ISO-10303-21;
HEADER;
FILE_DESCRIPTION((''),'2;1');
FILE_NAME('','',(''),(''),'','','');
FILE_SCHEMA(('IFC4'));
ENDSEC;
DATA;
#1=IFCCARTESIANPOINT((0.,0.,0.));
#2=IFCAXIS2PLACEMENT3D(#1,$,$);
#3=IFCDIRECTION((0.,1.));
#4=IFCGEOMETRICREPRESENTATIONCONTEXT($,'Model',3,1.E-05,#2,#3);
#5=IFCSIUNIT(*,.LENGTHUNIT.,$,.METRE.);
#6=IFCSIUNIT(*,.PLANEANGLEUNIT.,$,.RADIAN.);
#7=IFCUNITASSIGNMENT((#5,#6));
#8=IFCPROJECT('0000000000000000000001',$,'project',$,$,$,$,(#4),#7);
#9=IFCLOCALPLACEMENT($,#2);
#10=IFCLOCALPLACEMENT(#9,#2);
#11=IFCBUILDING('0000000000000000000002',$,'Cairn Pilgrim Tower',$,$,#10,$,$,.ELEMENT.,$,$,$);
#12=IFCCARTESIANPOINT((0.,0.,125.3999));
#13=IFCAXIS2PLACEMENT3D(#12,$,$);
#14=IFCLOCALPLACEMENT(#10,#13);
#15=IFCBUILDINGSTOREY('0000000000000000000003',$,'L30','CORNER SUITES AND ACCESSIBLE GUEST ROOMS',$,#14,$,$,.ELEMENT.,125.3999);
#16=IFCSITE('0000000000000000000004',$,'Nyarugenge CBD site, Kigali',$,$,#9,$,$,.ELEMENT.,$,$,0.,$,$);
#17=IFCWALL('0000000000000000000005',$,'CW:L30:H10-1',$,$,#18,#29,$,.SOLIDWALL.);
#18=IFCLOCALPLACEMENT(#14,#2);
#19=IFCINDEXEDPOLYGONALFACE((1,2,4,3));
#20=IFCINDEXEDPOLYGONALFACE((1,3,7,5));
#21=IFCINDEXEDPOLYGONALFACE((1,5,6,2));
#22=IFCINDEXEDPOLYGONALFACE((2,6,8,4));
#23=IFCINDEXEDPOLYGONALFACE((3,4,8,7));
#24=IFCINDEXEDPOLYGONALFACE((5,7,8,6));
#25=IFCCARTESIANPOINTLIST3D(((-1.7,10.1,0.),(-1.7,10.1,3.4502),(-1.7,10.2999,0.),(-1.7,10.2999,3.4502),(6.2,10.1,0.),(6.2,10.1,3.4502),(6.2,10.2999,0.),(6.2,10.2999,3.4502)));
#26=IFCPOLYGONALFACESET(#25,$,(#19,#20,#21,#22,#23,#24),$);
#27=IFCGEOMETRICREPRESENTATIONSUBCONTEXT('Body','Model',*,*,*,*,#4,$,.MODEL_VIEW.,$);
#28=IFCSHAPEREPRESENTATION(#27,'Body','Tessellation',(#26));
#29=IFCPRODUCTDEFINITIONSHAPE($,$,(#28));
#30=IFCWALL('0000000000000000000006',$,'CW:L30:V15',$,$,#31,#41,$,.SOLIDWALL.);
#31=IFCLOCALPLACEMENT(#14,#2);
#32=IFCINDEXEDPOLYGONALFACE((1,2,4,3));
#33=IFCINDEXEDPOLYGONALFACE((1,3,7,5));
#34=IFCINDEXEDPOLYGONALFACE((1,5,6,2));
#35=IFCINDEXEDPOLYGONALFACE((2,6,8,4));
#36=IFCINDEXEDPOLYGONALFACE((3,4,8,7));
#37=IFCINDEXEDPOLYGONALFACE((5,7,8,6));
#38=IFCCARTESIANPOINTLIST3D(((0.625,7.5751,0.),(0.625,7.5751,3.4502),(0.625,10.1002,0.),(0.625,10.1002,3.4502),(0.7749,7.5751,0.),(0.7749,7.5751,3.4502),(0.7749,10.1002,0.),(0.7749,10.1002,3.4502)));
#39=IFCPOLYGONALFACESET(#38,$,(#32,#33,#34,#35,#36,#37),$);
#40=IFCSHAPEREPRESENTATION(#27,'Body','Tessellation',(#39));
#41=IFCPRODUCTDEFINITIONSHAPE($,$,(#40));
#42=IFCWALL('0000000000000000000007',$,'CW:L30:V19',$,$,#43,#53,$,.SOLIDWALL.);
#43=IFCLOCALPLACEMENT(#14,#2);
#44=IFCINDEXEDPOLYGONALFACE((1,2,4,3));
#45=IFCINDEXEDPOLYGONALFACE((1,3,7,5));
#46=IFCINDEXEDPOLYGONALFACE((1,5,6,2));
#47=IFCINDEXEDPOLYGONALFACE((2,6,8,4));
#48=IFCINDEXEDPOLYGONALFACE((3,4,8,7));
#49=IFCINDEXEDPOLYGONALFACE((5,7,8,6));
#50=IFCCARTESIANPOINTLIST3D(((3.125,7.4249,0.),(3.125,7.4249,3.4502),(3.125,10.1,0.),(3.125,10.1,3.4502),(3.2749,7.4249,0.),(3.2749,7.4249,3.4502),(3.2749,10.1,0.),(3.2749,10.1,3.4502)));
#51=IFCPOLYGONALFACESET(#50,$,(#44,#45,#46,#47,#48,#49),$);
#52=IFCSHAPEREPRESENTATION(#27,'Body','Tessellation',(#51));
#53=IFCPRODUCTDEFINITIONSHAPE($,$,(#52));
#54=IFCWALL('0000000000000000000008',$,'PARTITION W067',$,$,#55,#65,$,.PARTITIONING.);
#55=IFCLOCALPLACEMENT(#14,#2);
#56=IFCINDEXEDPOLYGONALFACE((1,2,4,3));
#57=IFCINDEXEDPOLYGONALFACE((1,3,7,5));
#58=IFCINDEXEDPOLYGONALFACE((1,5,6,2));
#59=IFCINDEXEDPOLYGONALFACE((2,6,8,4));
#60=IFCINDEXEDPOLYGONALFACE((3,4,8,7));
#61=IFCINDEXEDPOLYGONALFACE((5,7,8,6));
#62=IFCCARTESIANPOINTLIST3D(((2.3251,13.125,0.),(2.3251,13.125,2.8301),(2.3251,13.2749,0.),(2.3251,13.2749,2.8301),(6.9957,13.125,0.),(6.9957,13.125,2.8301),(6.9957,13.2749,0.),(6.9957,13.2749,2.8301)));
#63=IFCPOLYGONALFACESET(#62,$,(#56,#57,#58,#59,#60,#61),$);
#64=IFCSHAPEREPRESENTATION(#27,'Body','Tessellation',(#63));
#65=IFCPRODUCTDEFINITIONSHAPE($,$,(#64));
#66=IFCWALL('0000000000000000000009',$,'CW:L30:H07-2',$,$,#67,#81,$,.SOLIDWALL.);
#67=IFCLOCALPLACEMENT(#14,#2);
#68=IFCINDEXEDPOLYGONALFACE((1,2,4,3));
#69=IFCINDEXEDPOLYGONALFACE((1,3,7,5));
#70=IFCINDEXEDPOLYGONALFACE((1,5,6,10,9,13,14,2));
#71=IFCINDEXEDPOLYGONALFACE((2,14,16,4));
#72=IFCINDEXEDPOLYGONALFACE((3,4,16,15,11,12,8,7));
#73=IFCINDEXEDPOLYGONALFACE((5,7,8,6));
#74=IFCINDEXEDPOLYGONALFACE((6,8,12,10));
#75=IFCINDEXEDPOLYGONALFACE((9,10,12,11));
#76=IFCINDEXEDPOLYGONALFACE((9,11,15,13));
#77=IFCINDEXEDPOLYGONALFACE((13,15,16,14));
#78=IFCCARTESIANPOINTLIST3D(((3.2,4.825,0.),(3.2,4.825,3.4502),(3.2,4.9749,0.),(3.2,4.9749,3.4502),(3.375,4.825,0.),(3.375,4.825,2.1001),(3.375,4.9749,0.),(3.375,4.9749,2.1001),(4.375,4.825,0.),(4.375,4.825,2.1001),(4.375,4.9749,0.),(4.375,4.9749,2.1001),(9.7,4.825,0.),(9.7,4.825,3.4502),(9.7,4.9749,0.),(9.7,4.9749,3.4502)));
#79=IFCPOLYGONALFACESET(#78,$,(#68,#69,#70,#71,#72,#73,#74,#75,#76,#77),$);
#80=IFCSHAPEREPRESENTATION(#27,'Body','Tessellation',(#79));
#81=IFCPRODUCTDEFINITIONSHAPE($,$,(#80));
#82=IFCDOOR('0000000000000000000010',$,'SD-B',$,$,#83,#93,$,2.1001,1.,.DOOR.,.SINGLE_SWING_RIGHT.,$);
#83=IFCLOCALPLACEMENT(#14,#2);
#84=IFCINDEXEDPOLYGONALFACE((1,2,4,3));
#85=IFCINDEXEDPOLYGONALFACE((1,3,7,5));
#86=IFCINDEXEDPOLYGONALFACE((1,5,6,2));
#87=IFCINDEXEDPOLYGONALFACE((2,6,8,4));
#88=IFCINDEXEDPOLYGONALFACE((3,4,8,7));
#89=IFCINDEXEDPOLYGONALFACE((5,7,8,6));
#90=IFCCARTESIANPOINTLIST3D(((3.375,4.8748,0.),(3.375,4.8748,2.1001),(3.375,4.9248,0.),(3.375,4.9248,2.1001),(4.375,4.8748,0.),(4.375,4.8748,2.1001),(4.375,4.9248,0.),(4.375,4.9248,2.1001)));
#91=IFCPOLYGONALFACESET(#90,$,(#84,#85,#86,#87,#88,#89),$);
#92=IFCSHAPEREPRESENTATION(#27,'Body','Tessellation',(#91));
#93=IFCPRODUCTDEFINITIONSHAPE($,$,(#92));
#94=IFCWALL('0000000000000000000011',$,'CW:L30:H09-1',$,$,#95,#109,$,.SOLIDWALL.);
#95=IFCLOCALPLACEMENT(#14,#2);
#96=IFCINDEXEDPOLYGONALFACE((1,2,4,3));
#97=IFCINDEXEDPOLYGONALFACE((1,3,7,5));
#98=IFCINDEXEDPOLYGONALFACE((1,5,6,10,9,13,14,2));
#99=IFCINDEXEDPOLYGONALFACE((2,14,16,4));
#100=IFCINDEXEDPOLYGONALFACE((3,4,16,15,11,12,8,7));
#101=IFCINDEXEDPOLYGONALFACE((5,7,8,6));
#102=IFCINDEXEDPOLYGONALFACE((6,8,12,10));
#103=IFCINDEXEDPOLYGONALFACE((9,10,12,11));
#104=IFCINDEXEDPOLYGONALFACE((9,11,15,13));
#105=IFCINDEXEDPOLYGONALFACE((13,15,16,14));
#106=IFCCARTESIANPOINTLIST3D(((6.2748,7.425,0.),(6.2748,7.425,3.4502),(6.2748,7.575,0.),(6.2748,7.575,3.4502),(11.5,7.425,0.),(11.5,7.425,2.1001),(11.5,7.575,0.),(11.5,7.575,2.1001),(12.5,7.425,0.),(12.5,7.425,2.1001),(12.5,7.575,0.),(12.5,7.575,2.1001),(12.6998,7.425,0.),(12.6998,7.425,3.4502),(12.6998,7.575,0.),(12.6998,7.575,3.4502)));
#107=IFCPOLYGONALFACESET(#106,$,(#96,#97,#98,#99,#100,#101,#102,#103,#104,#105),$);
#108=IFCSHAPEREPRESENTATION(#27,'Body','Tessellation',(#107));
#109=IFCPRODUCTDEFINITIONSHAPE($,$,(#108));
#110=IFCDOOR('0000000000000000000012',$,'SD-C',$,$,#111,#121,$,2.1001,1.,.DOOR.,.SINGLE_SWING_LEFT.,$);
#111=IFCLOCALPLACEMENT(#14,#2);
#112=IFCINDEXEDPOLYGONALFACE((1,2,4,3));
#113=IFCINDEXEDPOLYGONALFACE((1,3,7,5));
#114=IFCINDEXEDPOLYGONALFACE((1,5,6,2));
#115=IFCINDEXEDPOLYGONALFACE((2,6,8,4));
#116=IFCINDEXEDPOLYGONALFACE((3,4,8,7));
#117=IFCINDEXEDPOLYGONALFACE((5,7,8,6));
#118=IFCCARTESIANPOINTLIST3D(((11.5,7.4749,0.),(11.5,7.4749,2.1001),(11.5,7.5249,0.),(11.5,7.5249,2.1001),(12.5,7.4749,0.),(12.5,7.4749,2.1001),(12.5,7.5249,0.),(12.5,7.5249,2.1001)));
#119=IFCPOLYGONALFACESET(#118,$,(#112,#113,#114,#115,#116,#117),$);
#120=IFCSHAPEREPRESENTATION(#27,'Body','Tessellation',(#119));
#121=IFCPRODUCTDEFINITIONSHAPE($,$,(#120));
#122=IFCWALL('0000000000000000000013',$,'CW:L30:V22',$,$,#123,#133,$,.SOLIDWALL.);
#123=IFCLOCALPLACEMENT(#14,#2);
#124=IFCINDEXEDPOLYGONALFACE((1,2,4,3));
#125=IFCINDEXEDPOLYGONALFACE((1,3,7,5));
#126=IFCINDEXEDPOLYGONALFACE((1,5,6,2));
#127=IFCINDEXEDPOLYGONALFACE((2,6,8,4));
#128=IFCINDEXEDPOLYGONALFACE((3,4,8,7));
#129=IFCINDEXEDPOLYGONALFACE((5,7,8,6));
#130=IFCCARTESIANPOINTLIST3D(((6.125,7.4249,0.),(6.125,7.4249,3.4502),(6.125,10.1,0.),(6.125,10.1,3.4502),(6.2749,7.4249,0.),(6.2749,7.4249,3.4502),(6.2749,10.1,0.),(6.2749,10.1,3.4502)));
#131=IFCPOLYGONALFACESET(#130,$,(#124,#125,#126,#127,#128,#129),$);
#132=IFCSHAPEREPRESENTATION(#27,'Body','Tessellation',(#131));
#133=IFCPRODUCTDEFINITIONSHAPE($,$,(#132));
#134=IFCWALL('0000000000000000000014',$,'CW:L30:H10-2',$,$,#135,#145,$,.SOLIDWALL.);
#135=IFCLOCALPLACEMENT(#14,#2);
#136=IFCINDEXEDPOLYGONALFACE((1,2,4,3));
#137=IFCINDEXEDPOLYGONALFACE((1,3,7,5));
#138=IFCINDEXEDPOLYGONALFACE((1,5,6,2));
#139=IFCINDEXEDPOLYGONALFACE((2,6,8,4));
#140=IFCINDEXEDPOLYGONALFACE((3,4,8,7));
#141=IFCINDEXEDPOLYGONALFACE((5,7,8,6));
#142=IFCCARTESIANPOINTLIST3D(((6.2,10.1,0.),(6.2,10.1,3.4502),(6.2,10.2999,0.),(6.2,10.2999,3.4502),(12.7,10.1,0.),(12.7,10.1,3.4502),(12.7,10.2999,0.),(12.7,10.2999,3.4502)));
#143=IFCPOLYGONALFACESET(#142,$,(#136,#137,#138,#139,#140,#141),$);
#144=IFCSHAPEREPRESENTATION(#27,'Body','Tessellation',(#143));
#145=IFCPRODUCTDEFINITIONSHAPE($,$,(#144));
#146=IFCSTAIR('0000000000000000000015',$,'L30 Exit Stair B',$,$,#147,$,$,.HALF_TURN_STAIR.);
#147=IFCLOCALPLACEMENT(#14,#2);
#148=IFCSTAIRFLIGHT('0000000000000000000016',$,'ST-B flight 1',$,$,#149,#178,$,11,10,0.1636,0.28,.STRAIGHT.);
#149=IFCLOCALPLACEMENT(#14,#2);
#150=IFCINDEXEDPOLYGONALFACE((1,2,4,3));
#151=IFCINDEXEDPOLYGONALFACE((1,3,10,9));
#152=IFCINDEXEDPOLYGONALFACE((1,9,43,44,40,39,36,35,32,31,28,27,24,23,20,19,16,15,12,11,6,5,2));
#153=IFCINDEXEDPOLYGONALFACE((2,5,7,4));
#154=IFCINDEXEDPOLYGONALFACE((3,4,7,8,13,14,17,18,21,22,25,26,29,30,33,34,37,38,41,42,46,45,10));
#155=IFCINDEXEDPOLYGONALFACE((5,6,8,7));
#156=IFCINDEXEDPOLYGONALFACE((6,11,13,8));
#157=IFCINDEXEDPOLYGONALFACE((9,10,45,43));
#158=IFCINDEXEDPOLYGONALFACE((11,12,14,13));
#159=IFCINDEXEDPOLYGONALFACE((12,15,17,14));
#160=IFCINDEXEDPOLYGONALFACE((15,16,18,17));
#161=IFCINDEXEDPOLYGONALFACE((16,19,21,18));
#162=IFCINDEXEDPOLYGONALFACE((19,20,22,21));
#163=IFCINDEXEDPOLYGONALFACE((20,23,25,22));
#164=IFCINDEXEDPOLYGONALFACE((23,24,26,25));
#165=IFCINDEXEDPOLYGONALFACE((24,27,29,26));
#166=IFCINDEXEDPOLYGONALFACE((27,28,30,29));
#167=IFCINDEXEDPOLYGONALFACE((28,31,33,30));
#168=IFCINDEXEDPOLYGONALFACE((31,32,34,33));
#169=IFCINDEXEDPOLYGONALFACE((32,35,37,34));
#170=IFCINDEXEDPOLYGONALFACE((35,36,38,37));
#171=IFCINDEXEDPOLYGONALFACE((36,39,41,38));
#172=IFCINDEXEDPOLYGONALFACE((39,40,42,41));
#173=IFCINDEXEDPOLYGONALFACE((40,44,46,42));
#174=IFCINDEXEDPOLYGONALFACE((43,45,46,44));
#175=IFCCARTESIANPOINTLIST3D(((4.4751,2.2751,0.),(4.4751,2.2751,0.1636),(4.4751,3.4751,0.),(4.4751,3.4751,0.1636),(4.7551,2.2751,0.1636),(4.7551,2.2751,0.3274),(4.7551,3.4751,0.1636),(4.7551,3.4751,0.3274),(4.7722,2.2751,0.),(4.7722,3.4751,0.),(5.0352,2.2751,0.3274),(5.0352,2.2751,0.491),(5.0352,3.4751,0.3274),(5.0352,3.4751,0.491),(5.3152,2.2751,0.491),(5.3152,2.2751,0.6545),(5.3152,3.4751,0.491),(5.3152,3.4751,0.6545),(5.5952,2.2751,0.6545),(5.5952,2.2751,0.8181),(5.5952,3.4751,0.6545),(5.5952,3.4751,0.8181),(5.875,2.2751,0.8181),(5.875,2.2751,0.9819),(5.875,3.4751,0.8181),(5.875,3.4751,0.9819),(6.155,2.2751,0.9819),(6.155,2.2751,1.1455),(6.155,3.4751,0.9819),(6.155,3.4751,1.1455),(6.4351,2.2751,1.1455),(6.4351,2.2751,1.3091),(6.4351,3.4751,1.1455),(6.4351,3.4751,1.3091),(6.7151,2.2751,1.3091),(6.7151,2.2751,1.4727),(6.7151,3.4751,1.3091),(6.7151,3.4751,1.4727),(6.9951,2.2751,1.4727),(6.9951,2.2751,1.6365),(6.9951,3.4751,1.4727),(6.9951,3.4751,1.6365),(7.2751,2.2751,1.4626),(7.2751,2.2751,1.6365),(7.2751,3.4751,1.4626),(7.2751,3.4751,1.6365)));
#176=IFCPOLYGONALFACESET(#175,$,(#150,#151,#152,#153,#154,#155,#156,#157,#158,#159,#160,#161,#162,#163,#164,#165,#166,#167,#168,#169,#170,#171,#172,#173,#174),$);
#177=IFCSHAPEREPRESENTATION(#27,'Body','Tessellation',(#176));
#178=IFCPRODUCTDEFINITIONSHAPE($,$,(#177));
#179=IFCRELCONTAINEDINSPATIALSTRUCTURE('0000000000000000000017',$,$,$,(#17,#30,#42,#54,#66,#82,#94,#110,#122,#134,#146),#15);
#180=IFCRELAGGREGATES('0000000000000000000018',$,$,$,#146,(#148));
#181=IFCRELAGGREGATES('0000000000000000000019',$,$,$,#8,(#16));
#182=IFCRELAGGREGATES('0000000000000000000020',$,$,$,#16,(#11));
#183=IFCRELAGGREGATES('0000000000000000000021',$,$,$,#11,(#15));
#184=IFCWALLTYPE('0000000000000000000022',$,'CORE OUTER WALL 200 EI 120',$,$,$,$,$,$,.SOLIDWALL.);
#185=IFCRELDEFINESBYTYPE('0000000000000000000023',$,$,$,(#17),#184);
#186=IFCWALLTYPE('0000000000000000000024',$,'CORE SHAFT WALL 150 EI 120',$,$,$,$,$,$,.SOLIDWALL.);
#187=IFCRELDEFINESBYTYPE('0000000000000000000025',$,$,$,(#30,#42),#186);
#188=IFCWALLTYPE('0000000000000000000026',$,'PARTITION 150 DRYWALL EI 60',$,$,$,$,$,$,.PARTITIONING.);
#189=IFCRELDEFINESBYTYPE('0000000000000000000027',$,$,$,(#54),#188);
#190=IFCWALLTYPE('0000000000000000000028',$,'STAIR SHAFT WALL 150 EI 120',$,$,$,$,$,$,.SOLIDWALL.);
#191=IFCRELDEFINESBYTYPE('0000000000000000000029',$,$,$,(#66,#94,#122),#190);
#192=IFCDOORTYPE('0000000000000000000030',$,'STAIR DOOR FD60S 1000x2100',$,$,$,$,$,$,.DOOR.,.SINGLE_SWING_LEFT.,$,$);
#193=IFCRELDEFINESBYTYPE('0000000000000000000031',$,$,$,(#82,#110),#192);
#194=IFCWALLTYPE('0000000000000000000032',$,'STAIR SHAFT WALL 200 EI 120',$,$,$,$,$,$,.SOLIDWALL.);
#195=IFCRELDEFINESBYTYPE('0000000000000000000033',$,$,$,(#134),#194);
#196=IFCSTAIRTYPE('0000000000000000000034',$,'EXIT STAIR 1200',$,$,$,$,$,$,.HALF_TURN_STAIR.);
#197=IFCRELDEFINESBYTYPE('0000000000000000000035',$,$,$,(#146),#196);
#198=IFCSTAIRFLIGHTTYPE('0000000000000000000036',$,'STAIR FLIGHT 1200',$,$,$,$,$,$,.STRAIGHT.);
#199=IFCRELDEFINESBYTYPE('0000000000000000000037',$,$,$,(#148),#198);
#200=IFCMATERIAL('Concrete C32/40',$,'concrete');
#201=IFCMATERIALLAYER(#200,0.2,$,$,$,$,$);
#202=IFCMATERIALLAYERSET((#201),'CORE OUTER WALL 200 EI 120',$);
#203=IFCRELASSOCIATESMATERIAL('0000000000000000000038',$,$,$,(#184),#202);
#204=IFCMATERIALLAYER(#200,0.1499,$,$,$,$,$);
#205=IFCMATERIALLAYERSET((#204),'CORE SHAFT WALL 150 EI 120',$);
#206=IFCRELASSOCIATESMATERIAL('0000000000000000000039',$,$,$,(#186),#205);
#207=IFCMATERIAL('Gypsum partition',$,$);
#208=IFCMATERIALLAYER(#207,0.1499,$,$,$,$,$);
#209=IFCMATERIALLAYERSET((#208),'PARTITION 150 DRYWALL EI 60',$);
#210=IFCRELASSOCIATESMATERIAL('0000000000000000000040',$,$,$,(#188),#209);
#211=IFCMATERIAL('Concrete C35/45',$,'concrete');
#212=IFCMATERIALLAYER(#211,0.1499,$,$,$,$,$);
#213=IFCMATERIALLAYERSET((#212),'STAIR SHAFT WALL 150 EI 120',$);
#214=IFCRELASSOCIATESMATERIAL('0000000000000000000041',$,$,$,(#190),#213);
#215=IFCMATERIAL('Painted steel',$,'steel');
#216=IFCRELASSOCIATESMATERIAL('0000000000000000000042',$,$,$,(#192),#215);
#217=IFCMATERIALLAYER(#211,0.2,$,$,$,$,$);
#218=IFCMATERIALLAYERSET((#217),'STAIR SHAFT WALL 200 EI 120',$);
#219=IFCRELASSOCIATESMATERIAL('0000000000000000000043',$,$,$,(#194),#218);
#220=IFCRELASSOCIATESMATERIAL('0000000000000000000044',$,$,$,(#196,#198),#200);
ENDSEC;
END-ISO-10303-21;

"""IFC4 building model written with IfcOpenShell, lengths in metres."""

from ifc_helpers import new_model, si_unit, direction, frame, frame_2d, origin, place, context, subcontext, project, spatial, polyline, rectangle, outline, extrude, material, layer, layer_set, type_object, element, fill, aggregate, save


model = new_model("IFC4")

# Units and contexts
model_context = context("Model", 3, precision=1e-05, world=origin(), true_north=direction((0.0, 1.0)))
body_context = subcontext(model_context, "Body", "Model", "MODEL_VIEW")
ifc_project = project(units=[si_unit("LENGTHUNIT", "METRE"), si_unit("PLANEANGLEUNIT", "RADIAN")], contexts=[model_context])

# Site, building, storey
site_placement = place(None, origin())
site = spatial("IfcSite", under=ifc_project, at=site_placement, Name="Nyarugenge CBD site, Kigali", CompositionType="ELEMENT", RefElevation=0.0)
building_placement = place(site_placement, origin())
building = spatial("IfcBuilding", under=site, at=building_placement, Name="Cairn Pilgrim Tower", CompositionType="ELEMENT")
storey_placement = place(building_placement, frame((0.0, 0.0, 125.3999)))
storey = spatial("IfcBuildingStorey", under=building, at=storey_placement, Name="L30", Description="CORNER SUITES AND ACCESSIBLE GUEST ROOMS", CompositionType="ELEMENT", Elevation=125.3999)

# Walls
ifc_material_1 = material(Name="Concrete C32/40", Category="concrete")
ifc_layer_1 = layer(ifc_material_1, 0.2)
ifc_layer_set_1 = layer_set([ifc_layer_1], Name="CORE OUTER WALL 200 EI 120")
wall_type_1 = type_object("IfcWallType", Name="CORE OUTER WALL 200 EI 120", PredefinedType="SOLIDWALL", material=ifc_layer_set_1)
wall_1_placement = place(storey_placement, frame((-1.7, 10.2, 0.0), z_axis=(0.0, 0.0, 1.0), x_axis=(1.0, 0.0, 0.0)))
element("IfcWall", 1, at=wall_1_placement, inside=storey, type_object=wall_type_1, Name="CW:L30:H10-1", PredefinedType="SOLIDWALL", context=body_context, shape_type="SweptSolid", body=[
    extrude(rectangle(XDim=7.8999, YDim=0.2, at=frame_2d((3.95, 0.0))), origin(), (0.0, 0.0, 1.0), 3.4502),
])
ifc_layer_2 = layer(ifc_material_1, 0.1499)
ifc_layer_set_2 = layer_set([ifc_layer_2], Name="CORE SHAFT WALL 150 EI 120")
wall_type_2 = type_object("IfcWallType", Name="CORE SHAFT WALL 150 EI 120", PredefinedType="SOLIDWALL", material=ifc_layer_set_2)
wall_2_placement = place(storey_placement, frame((0.7, 7.575, 0.0), z_axis=(0.0, 0.0, 1.0), x_axis=(0.0, 1.0, 0.0)))
element("IfcWall", 2, at=wall_2_placement, inside=storey, type_object=wall_type_2, Name="CW:L30:V15", PredefinedType="SOLIDWALL", context=body_context, shape_type="SweptSolid", body=[
    extrude(rectangle(XDim=2.5251, YDim=0.1499, at=frame_2d((1.2627, 0.0))), origin(), (0.0, 0.0, 1.0), 3.4502),
])
wall_3_placement = place(storey_placement, frame((3.2, 7.425, 0.0), z_axis=(0.0, 0.0, 1.0), x_axis=(0.0, 1.0, 0.0)))
element("IfcWall", 3, at=wall_3_placement, inside=storey, type_object=wall_type_2, Name="CW:L30:V19", PredefinedType="SOLIDWALL", context=body_context, shape_type="SweptSolid", body=[
    extrude(rectangle(XDim=2.675, YDim=0.1499, at=frame_2d((1.3374, 0.0))), origin(), (0.0, 0.0, 1.0), 3.4502),
])
ifc_material_2 = material(Name="Gypsum partition")
ifc_layer_3 = layer(ifc_material_2, 0.1499)
ifc_layer_set_3 = layer_set([ifc_layer_3], Name="PARTITION 150 DRYWALL EI 60")
wall_type_3 = type_object("IfcWallType", Name="PARTITION 150 DRYWALL EI 60", PredefinedType="PARTITIONING", material=ifc_layer_set_3)
wall_4_placement = place(storey_placement, frame((2.325, 13.2, 0.0), z_axis=(0.0, 0.0, 1.0), x_axis=(1.0, 0.0, 0.0)))
element("IfcWall", 4, at=wall_4_placement, inside=storey, type_object=wall_type_3, Name="PARTITION W067", PredefinedType="PARTITIONING", context=body_context, shape_type="SweptSolid", body=[
    extrude(rectangle(XDim=4.6707, YDim=0.1499, at=frame_2d((2.3354, 0.0))), origin(), (0.0, 0.0, 1.0), 2.8301),
])

# Walls, openings, doors
ifc_material_3 = material(Name="Concrete C35/45", Category="concrete")
ifc_layer_4 = layer(ifc_material_3, 0.1499)
ifc_layer_set_4 = layer_set([ifc_layer_4], Name="STAIR SHAFT WALL 150 EI 120")
wall_type_4 = type_object("IfcWallType", Name="STAIR SHAFT WALL 150 EI 120", PredefinedType="SOLIDWALL", material=ifc_layer_set_4)
wall_5_placement = place(storey_placement, frame((3.2, 4.8999, 0.0), z_axis=(0.0, 0.0, 1.0), x_axis=(1.0, 0.0, 0.0)))
wall_5 = element("IfcWall", 5, at=wall_5_placement, inside=storey, type_object=wall_type_4, Name="CW:L30:H07-2", PredefinedType="SOLIDWALL", context=body_context, shape_type="SweptSolid", body=[
    extrude(rectangle(XDim=6.5, YDim=0.1499, at=frame_2d((3.25, 0.0))), origin(), (0.0, 0.0, 1.0), 3.4502),
])
opening_1_placement = place(wall_5_placement, frame((0.175, 0.0, 0.0)))
opening_1 = element("IfcOpeningElement", 6, at=opening_1_placement, cuts=wall_5, PredefinedType="OPENING", context=body_context, shape_type="SweptSolid", body=[
    extrude(rectangle(XDim=1.0, YDim=2.1001, at=frame_2d((0.5, 1.05))), frame((0.0, 0.085, 0.0), z_axis=(0.0, -1.0, 0.0), x_axis=(1.0, 0.0, 0.0)), (0.0, 0.0, 1.0), 0.1699),
])
ifc_material_4 = material(Name="Painted steel", Category="steel")
door_type = type_object("IfcDoorType", Name="STAIR DOOR FD60S 1000x2100", OperationType="SINGLE_SWING_LEFT", PredefinedType="DOOR", material=ifc_material_4)
door_1_placement = place(opening_1_placement, origin())
door_1 = element("IfcDoor", 7, at=door_1_placement, inside=storey, type_object=door_type, Name="SD-B", OperationType="SINGLE_SWING_RIGHT", OverallHeight=2.1001, OverallWidth=1.0, PredefinedType="DOOR", context=body_context, shape_type="SweptSolid", body=[
    extrude(rectangle(XDim=1.0, YDim=2.1001, at=frame_2d((0.5, 1.05))), frame((0.0, 0.0249, 0.0), z_axis=(0.0, -1.0, 0.0), x_axis=(1.0, 0.0, 0.0)), (0.0, 0.0, 1.0), 0.05),
])
fill(opening_1, door_1)
wall_6_placement = place(storey_placement, frame((6.2749, 7.5, 0.0), z_axis=(0.0, 0.0, 1.0), x_axis=(1.0, 0.0, 0.0)))
wall_6 = element("IfcWall", 8, at=wall_6_placement, inside=storey, type_object=wall_type_4, Name="CW:L30:H09-1", PredefinedType="SOLIDWALL", context=body_context, shape_type="SweptSolid", body=[
    extrude(rectangle(XDim=6.425, YDim=0.1499, at=frame_2d((3.2124, 0.0))), origin(), (0.0, 0.0, 1.0), 3.4502),
])
opening_2_placement = place(wall_6_placement, frame((5.2251, 0.0, 0.0)))
opening_2 = element("IfcOpeningElement", 9, at=opening_2_placement, cuts=wall_6, PredefinedType="OPENING", context=body_context, shape_type="SweptSolid", body=[
    extrude(rectangle(XDim=1.0, YDim=2.1001, at=frame_2d((0.5, 1.05))), frame((0.0, 0.085, 0.0), z_axis=(0.0, -1.0, 0.0), x_axis=(1.0, 0.0, 0.0)), (0.0, 0.0, 1.0), 0.1699),
])
door_2_placement = place(opening_2_placement, origin())
door_2 = element("IfcDoor", 10, at=door_2_placement, inside=storey, type_object=door_type, Name="SD-C", OperationType="SINGLE_SWING_LEFT", OverallHeight=2.1001, OverallWidth=1.0, PredefinedType="DOOR", context=body_context, shape_type="SweptSolid", body=[
    extrude(rectangle(XDim=1.0, YDim=2.1001, at=frame_2d((0.5, 1.05))), frame((0.0, 0.0249, 0.0), z_axis=(0.0, -1.0, 0.0), x_axis=(1.0, 0.0, 0.0)), (0.0, 0.0, 1.0), 0.05),
])
fill(opening_2, door_2)

# Walls
wall_7_placement = place(storey_placement, frame((6.2, 7.425, 0.0), z_axis=(0.0, 0.0, 1.0), x_axis=(0.0, 1.0, 0.0)))
element("IfcWall", 11, at=wall_7_placement, inside=storey, type_object=wall_type_4, Name="CW:L30:V22", PredefinedType="SOLIDWALL", context=body_context, shape_type="SweptSolid", body=[
    extrude(rectangle(XDim=2.675, YDim=0.1499, at=frame_2d((1.3374, 0.0))), origin(), (0.0, 0.0, 1.0), 3.4502),
])
ifc_layer_5 = layer(ifc_material_3, 0.2)
ifc_layer_set_5 = layer_set([ifc_layer_5], Name="STAIR SHAFT WALL 200 EI 120")
wall_type_5 = type_object("IfcWallType", Name="STAIR SHAFT WALL 200 EI 120", PredefinedType="SOLIDWALL", material=ifc_layer_set_5)
wall_8_placement = place(storey_placement, frame((6.2, 10.2, 0.0), z_axis=(0.0, 0.0, 1.0), x_axis=(1.0, 0.0, 0.0)))
element("IfcWall", 12, at=wall_8_placement, inside=storey, type_object=wall_type_5, Name="CW:L30:H10-2", PredefinedType="SOLIDWALL", context=body_context, shape_type="SweptSolid", body=[
    extrude(rectangle(XDim=6.5, YDim=0.2, at=frame_2d((3.25, 0.0))), origin(), (0.0, 0.0, 1.0), 3.4502),
])

# Stair, stair flight
stair_type = type_object("IfcStairType", Name="EXIT STAIR 1200", PredefinedType="HALF_TURN_STAIR", material=ifc_material_1)
stair_placement = place(storey_placement, origin())
stair = element("IfcStair", 13, at=stair_placement, inside=storey, type_object=stair_type, Name="L30 Exit Stair B", PredefinedType="HALF_TURN_STAIR")
stair_flight_type = type_object("IfcStairFlightType", Name="STAIR FLIGHT 1200", PredefinedType="STRAIGHT", material=ifc_material_1)
stair_flight_placement = place(storey_placement, frame((4.4751, 2.875, 0.0), z_axis=(0.0, 0.0, 1.0), x_axis=(1.0, 0.0, 0.0)))
stair_flight = element("IfcStairFlight", 14, at=stair_flight_placement, type_object=stair_flight_type, Name="ST-B flight 1", NumberOfRisers=11, NumberOfTreads=10, PredefinedType="STRAIGHT", RiserHeight=0.1636, TreadLength=0.28, context=body_context, shape_type="SweptSolid", body=[
    extrude(outline(polyline([(0.0, 0.0), (0.0, 0.1636), (0.28, 0.1636), (0.28, 0.3274), (0.5601, 0.3274), (0.5601, 0.491), (0.8401, 0.491), (0.8401, 0.6545), (1.1201, 0.6545), (1.1201, 0.8181), (1.3999, 0.8181), (1.3999, 0.9819), (1.6799, 0.9819), (1.6799, 1.1455), (1.96, 1.1455), (1.96, 1.3091), (2.24, 1.3091), (2.24, 1.4727), (2.52, 1.4727), (2.52, 1.6365), (2.8, 1.6365), (2.8, 1.8), (2.8, 1.4626), (0.2971, 0.0), (0.0, 0.0)])), frame((0.0, 0.6001, 0.0), z_axis=(0.0, -1.0, 0.0), x_axis=(1.0, 0.0, 0.0)), (0.0, 0.0, 1.0), 1.2),
])
aggregate(stair, [stair_flight])

save(model, "model.ifc")
